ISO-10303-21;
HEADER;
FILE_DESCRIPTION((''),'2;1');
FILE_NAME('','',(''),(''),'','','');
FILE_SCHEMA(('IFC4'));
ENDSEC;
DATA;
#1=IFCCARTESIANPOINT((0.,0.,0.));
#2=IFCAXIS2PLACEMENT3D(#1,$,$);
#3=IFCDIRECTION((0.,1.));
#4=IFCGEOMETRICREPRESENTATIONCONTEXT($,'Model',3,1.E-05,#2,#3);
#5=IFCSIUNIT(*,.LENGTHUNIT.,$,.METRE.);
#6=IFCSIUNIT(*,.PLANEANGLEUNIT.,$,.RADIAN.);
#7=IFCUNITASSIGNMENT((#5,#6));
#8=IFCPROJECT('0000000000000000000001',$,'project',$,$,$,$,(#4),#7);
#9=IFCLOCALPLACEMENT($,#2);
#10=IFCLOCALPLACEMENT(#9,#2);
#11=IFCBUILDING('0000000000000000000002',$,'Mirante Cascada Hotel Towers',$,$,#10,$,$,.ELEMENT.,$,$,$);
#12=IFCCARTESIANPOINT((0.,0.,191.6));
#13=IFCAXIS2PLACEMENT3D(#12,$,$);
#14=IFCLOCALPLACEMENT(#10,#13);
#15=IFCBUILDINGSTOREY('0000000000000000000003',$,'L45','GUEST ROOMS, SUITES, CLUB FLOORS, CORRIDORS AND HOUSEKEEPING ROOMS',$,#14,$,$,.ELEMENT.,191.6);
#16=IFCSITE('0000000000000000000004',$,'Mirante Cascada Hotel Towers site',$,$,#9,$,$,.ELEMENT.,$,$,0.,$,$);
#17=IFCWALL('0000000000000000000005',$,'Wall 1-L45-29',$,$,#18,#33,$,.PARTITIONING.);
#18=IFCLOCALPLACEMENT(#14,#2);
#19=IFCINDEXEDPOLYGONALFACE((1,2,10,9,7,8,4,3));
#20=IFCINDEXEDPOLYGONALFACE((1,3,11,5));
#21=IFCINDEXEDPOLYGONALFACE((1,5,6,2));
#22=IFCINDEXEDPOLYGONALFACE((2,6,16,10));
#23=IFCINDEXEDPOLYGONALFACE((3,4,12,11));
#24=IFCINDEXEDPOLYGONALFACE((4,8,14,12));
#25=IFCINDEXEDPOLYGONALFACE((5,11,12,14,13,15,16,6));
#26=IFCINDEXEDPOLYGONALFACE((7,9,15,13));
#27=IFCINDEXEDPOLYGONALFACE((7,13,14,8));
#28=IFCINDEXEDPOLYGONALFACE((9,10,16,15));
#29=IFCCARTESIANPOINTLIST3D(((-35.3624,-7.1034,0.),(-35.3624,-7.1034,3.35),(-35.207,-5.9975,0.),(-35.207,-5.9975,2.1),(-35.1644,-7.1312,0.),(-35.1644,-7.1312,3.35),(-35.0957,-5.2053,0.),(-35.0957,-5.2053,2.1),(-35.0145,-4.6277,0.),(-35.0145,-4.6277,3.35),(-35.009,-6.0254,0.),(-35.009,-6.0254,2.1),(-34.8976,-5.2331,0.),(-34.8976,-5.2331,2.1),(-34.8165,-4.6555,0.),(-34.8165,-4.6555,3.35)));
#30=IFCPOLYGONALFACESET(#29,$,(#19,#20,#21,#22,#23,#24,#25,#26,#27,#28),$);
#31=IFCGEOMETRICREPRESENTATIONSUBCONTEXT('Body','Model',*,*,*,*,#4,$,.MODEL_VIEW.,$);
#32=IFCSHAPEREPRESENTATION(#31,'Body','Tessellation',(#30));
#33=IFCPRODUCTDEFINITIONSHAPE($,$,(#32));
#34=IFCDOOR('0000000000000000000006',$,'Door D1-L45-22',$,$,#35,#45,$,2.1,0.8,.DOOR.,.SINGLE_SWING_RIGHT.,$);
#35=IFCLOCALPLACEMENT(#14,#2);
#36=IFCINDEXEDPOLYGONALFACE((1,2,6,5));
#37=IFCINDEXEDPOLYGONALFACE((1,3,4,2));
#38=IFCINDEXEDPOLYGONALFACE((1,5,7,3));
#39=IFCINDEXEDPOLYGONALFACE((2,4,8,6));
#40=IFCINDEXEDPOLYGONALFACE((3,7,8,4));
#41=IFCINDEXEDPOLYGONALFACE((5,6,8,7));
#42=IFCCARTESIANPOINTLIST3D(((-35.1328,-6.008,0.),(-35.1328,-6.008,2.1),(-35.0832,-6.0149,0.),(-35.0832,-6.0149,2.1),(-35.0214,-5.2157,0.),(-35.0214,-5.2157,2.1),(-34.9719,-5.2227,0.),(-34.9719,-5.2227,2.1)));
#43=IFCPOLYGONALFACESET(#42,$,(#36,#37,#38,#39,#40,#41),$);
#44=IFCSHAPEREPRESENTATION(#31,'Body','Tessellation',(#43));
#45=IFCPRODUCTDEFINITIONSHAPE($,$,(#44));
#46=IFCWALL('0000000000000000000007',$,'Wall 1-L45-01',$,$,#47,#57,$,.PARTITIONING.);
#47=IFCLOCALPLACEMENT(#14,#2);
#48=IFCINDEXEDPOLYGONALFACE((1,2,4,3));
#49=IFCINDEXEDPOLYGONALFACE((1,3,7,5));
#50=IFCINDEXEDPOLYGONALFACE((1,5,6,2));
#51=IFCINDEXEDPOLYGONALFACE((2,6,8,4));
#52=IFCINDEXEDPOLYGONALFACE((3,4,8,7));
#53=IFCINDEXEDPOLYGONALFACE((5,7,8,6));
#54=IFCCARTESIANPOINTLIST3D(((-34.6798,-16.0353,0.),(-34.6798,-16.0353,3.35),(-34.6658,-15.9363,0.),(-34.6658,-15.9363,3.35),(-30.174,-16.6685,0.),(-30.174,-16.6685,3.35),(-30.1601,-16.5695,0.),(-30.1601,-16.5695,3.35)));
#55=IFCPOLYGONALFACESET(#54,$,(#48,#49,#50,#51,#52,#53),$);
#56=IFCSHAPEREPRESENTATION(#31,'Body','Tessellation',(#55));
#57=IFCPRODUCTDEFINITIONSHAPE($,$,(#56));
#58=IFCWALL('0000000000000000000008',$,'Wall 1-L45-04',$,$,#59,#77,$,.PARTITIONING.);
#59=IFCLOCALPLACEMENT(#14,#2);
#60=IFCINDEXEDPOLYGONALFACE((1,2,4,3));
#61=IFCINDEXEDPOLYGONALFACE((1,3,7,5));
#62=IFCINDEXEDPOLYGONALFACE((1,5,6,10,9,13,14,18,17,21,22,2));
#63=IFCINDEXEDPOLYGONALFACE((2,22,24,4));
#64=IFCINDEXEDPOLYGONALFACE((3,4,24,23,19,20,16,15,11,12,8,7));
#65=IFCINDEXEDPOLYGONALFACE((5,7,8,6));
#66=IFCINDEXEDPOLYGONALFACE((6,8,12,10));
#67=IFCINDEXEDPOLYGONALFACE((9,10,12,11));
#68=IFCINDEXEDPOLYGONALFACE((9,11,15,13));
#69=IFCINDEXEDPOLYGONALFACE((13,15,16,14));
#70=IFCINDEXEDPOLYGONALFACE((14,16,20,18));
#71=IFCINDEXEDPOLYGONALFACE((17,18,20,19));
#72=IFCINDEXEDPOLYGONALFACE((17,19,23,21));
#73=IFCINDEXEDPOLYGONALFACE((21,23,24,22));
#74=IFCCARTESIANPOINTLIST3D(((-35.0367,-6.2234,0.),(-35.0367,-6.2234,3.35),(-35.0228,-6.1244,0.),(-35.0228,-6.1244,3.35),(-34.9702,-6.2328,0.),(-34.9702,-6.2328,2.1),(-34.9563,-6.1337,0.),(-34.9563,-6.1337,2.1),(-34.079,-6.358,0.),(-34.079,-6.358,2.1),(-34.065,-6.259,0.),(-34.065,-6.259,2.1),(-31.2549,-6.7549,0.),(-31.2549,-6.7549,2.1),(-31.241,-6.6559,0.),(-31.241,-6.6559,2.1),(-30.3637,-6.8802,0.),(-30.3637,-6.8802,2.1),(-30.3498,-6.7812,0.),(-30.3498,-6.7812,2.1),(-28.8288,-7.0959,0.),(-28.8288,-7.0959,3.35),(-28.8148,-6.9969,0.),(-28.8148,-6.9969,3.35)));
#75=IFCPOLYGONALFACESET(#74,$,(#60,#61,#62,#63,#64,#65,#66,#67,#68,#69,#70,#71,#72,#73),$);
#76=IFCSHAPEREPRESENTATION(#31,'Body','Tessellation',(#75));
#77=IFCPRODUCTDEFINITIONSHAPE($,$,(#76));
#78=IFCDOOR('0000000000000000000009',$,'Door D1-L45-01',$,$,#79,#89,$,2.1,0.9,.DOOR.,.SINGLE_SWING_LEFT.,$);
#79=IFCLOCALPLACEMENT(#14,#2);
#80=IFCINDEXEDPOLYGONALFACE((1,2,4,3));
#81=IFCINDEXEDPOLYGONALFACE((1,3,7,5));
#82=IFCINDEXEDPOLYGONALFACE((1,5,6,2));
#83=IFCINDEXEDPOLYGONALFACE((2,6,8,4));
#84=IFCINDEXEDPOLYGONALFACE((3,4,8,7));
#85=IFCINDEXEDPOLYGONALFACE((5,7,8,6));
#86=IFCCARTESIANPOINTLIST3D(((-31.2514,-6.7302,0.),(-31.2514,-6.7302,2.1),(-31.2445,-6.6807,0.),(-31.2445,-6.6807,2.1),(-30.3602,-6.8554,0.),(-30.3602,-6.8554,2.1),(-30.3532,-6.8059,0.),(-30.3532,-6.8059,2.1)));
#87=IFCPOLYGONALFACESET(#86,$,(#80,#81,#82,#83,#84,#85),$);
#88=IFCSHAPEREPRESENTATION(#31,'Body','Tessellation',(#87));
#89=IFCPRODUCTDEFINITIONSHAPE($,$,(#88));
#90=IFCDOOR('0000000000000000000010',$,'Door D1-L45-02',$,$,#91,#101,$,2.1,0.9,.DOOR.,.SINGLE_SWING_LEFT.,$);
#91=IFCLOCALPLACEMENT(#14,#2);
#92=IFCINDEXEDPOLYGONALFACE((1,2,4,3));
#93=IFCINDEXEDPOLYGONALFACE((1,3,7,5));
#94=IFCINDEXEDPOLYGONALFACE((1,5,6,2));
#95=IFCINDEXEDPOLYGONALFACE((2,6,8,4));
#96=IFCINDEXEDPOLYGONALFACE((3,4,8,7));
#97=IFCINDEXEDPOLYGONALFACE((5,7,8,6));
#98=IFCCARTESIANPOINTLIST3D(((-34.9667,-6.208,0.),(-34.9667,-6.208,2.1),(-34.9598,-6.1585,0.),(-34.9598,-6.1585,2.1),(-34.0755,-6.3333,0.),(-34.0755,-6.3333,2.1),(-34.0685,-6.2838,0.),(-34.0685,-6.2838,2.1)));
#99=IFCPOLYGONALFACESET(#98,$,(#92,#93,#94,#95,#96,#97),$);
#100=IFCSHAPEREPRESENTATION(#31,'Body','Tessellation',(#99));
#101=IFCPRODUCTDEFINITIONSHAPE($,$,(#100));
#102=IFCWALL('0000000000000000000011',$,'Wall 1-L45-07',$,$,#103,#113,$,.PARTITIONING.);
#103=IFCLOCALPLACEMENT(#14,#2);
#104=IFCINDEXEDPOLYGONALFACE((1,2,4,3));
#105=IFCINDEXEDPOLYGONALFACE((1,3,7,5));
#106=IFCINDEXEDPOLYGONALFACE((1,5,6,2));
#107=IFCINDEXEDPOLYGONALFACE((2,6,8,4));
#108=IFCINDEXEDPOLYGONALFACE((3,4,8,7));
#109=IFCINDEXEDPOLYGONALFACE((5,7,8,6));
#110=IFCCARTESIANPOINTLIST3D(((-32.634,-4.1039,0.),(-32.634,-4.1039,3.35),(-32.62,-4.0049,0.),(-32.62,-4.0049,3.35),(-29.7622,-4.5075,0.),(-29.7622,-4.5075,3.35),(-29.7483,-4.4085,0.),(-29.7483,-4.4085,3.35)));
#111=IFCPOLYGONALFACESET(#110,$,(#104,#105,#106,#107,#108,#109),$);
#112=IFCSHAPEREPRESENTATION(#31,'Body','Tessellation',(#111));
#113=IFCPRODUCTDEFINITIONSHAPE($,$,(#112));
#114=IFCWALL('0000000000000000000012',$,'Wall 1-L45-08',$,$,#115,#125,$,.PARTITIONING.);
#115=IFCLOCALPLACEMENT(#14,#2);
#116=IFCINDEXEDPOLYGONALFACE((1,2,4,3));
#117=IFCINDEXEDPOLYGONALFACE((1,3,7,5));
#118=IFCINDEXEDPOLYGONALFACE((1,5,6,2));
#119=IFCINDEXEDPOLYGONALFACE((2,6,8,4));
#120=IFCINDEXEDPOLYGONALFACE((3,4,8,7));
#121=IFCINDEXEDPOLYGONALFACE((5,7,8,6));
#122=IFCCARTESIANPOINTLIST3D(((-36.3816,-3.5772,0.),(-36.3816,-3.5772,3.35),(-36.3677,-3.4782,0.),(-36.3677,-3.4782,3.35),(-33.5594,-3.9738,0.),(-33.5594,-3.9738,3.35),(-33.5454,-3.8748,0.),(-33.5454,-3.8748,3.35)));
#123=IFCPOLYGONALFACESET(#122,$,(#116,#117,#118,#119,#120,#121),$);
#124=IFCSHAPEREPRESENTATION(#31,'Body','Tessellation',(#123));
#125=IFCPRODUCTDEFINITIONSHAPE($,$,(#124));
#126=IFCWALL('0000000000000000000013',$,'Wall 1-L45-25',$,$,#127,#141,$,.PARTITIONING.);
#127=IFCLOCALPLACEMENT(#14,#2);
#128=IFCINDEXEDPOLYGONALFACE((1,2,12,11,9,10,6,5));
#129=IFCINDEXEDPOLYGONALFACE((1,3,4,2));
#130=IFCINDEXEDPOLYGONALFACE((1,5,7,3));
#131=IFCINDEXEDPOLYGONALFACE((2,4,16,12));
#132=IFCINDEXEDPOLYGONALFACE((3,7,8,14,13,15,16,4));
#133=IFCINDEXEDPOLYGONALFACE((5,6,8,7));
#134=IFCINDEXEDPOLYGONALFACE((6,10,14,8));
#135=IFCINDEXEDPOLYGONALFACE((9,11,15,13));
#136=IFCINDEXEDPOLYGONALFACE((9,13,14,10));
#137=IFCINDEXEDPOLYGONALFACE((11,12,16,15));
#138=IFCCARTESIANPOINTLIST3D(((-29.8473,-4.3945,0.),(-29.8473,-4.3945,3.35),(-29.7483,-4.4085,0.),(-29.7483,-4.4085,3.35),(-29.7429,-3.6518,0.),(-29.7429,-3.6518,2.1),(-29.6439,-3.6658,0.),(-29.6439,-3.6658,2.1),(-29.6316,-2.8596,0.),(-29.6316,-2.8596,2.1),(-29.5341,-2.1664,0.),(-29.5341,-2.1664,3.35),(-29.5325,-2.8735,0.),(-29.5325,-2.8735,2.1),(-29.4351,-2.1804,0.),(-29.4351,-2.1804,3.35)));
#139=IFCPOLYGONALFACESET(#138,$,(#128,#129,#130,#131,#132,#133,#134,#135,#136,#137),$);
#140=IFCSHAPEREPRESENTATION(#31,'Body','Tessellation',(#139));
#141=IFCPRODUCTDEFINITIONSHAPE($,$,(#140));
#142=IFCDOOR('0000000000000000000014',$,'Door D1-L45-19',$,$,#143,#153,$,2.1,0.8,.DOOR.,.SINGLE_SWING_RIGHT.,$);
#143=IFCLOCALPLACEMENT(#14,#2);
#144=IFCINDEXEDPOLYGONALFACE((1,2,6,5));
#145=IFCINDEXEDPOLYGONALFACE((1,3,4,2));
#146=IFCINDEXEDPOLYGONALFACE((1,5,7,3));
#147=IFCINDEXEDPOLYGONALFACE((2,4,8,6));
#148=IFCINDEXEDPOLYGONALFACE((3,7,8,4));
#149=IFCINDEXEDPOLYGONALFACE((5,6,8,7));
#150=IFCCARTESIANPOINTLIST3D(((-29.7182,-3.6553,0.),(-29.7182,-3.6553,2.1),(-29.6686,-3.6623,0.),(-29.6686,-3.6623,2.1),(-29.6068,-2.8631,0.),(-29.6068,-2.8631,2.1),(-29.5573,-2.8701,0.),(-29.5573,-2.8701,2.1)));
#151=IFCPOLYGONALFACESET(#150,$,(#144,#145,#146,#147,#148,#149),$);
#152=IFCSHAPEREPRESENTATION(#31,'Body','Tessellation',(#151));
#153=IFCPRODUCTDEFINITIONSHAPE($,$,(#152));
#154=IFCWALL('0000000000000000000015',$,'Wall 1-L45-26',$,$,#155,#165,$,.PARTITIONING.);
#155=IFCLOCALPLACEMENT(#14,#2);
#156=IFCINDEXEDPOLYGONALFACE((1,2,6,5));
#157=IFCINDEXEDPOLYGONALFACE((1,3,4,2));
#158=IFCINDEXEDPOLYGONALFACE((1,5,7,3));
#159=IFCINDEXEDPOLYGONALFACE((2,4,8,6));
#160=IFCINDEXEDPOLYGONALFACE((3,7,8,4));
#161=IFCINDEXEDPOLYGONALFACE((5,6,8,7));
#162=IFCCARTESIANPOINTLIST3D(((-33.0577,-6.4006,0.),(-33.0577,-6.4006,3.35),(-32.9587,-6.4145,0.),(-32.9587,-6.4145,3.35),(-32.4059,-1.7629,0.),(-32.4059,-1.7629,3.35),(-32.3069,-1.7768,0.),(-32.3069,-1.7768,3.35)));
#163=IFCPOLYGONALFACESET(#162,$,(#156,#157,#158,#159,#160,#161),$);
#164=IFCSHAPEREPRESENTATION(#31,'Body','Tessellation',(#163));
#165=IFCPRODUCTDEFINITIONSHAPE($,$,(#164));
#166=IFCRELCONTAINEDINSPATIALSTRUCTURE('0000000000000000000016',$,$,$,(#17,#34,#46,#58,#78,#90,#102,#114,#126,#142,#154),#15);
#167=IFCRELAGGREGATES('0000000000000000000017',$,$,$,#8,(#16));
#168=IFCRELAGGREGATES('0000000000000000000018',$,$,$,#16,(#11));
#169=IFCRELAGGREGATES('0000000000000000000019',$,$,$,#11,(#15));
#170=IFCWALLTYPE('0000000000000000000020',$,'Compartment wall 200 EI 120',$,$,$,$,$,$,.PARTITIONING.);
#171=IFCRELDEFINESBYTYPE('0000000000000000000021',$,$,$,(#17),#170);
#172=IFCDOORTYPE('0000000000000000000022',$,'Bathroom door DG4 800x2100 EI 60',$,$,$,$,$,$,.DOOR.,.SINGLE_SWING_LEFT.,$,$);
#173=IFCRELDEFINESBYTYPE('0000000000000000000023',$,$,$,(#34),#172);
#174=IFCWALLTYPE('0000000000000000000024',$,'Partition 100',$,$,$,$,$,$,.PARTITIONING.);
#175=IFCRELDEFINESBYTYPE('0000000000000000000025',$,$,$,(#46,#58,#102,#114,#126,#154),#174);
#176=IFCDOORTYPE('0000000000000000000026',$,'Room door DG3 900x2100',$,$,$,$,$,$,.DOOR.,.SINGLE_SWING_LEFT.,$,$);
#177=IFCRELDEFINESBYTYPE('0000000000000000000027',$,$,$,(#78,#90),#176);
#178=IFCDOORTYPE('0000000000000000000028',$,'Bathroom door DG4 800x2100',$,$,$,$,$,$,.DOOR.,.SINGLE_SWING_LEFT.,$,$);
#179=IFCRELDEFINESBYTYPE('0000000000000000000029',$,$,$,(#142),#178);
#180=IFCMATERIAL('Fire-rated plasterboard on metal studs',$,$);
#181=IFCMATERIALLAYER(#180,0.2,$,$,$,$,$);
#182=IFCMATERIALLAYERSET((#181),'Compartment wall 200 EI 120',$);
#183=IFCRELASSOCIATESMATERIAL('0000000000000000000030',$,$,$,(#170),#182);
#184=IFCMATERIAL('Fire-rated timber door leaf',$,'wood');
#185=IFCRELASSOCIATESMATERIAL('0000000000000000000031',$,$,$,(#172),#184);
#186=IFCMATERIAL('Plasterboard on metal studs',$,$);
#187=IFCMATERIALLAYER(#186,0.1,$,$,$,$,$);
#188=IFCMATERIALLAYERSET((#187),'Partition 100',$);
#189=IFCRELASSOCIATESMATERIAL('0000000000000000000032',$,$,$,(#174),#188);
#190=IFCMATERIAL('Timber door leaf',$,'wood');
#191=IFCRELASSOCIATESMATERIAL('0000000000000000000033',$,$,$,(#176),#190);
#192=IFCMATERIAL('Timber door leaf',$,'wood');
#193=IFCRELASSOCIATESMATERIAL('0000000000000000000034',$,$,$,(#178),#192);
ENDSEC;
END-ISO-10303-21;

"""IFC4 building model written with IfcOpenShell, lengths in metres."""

from ifc_helpers import new_model, si_unit, direction, frame, frame_2d, origin, place, context, subcontext, project, spatial, rectangle, extrude, material, layer, layer_set, type_object, element, fill, save


model = new_model("IFC4")

# Units and contexts
model_context = context("Model", 3, precision=1e-05, world=origin(), true_north=direction((0.0, 1.0)))
body_context = subcontext(model_context, "Body", "Model", "MODEL_VIEW")
ifc_project = project(units=[si_unit("LENGTHUNIT", "METRE"), si_unit("PLANEANGLEUNIT", "RADIAN")], contexts=[model_context])

# Site, building, storey
site_placement = place(None, origin())
site = spatial("IfcSite", under=ifc_project, at=site_placement, Name="Mirante Cascada Hotel Towers site", CompositionType="ELEMENT", RefElevation=0.0)
building_placement = place(site_placement, origin())
building = spatial("IfcBuilding", under=site, at=building_placement, Name="Mirante Cascada Hotel Towers", CompositionType="ELEMENT")
storey_placement = place(building_placement, frame((0.0, 0.0, 191.6)))
storey = spatial("IfcBuildingStorey", under=building, at=storey_placement, Name="L45", Description="GUEST ROOMS, SUITES, CLUB FLOORS, CORRIDORS AND HOUSEKEEPING ROOMS", CompositionType="ELEMENT", Elevation=191.6)

# Wall, opening, door
ifc_material_1 = material(Name="Fire-rated plasterboard on metal studs")
ifc_layer_1 = layer(ifc_material_1, 0.2)
ifc_layer_set_1 = layer_set([ifc_layer_1], Name="Compartment wall 200 EI 120")
wall_type_1 = type_object("IfcWallType", Name="Compartment wall 200 EI 120", PredefinedType="PARTITIONING", material=ifc_layer_set_1)
wall_1_placement = place(storey_placement, frame((-34.9155, -4.6416, 0.0), z_axis=(0.0, 0.0, 1.0), x_axis=(-0.139159, -0.99027, 0.0)))
wall_1 = element("IfcWall", 1, at=wall_1_placement, inside=storey, type_object=wall_type_1, Name="Wall 1-L45-29", PredefinedType="PARTITIONING", context=body_context, shape_type="SweptSolid", body=[
    extrude(rectangle(XDim=2.5, YDim=0.2, at=frame_2d((1.25, 0.0))), origin(), (0.0, 0.0, 1.0), 3.35),
])
opening_1_placement = place(wall_1_placement, frame((0.5833, 0.0, 0.0)))
opening_1 = element("IfcOpeningElement", 2, at=opening_1_placement, cuts=wall_1, PredefinedType="OPENING", context=body_context, shape_type="SweptSolid", body=[
    extrude(rectangle(XDim=0.8, YDim=2.1, at=frame_2d((0.4, 1.05))), frame((0.0, 0.1, 0.0), z_axis=(0.0, -1.0, 0.0), x_axis=(1.0, 0.0, 0.0)), (0.0, 0.0, 1.0), 0.2),
])
ifc_material_2 = material(Name="Fire-rated timber door leaf", Category="wood")
door_type_1 = type_object("IfcDoorType", Name="Bathroom door DG4 800x2100 EI 60", OperationType="SINGLE_SWING_LEFT", PredefinedType="DOOR", material=ifc_material_2)
door_1_placement = place(opening_1_placement, frame((0.8, 0.0, 0.0), z_axis=(0.0, 0.0, 1.0), x_axis=(-1.0, 0.0, 0.0)))
door_1 = element("IfcDoor", 3, at=door_1_placement, inside=storey, type_object=door_type_1, Name="Door D1-L45-22", OperationType="SINGLE_SWING_RIGHT", OverallHeight=2.1, OverallWidth=0.8, PredefinedType="DOOR", context=body_context, shape_type="SweptSolid", body=[
    extrude(rectangle(XDim=0.8, YDim=2.1, at=frame_2d((0.4, 1.05))), frame((0.0, 0.025, 0.0), z_axis=(0.0, -1.0, 0.0), x_axis=(1.0, 0.0, 0.0)), (0.0, 0.0, 1.0), 0.05),
])
fill(opening_1, door_1)

# Wall
ifc_material_3 = material(Name="Plasterboard on metal studs")
ifc_layer_2 = layer(ifc_material_3, 0.1)
ifc_layer_set_2 = layer_set([ifc_layer_2], Name="Partition 100")
wall_type_2 = type_object("IfcWallType", Name="Partition 100", PredefinedType="PARTITIONING", material=ifc_layer_set_2)
wall_2_placement = place(storey_placement, frame((-34.6728, -15.9858, 0.0), z_axis=(0.0, 0.0, 1.0), x_axis=(0.990269, -0.139166, 0.0)))
element("IfcWall", 4, at=wall_2_placement, inside=storey, type_object=wall_type_2, Name="Wall 1-L45-01", PredefinedType="PARTITIONING", context=body_context, shape_type="SweptSolid", body=[
    extrude(rectangle(XDim=4.55, YDim=0.1, at=frame_2d((2.275, 0.0))), origin(), (0.0, 0.0, 1.0), 3.35),
])

# Wall, openings, doors
wall_3_placement = place(storey_placement, frame((-28.8218, -7.0464, 0.0), z_axis=(0.0, 0.0, 1.0), x_axis=(-0.990268, 0.139177, 0.0)))
wall_3 = element("IfcWall", 5, at=wall_3_placement, inside=storey, type_object=wall_type_2, Name="Wall 1-L45-04", PredefinedType="PARTITIONING", context=body_context, shape_type="SweptSolid", body=[
    extrude(rectangle(XDim=6.269, YDim=0.1, at=frame_2d((3.1345, 0.0))), origin(), (0.0, 0.0, 1.0), 3.35),
])
opening_2_placement = place(wall_3_placement, frame((1.55, 0.0, 0.0)))
opening_2 = element("IfcOpeningElement", 6, at=opening_2_placement, cuts=wall_3, PredefinedType="OPENING", context=body_context, shape_type="SweptSolid", body=[
    extrude(rectangle(XDim=0.9, YDim=2.1, at=frame_2d((0.45, 1.05))), frame((0.0, 0.05, 0.0), z_axis=(0.0, -1.0, 0.0), x_axis=(1.0, 0.0, 0.0)), (0.0, 0.0, 1.0), 0.1),
])
opening_3_placement = place(wall_3_placement, frame((5.3018, 0.0, 0.0)))
opening_3 = element("IfcOpeningElement", 7, at=opening_3_placement, cuts=wall_3, PredefinedType="OPENING", context=body_context, shape_type="SweptSolid", body=[
    extrude(rectangle(XDim=0.9, YDim=2.1, at=frame_2d((0.45, 1.05))), frame((0.0, 0.05, 0.0), z_axis=(0.0, -1.0, 0.0), x_axis=(1.0, 0.0, 0.0)), (0.0, 0.0, 1.0), 0.1),
])
ifc_material_4 = material(Name="Timber door leaf", Category="wood")
door_type_2 = type_object("IfcDoorType", Name="Room door DG3 900x2100", OperationType="SINGLE_SWING_LEFT", PredefinedType="DOOR", material=ifc_material_4)
door_2_placement = place(opening_2_placement, origin())
door_2 = element("IfcDoor", 8, at=door_2_placement, inside=storey, type_object=door_type_2, Name="Door D1-L45-01", OperationType="SINGLE_SWING_LEFT", OverallHeight=2.1, OverallWidth=0.9, PredefinedType="DOOR", context=body_context, shape_type="SweptSolid", body=[
    extrude(rectangle(XDim=0.9, YDim=2.1, at=frame_2d((0.45, 1.05))), frame((0.0, 0.025, 0.0), z_axis=(0.0, -1.0, 0.0), x_axis=(1.0, 0.0, 0.0)), (0.0, 0.0, 1.0), 0.05),
])
fill(opening_2, door_2)
door_3_placement = place(opening_3_placement, origin())
door_3 = element("IfcDoor", 9, at=door_3_placement, inside=storey, type_object=door_type_2, Name="Door D1-L45-02", OperationType="SINGLE_SWING_LEFT", OverallHeight=2.1, OverallWidth=0.9, PredefinedType="DOOR", context=body_context, shape_type="SweptSolid", body=[
    extrude(rectangle(XDim=0.9, YDim=2.1, at=frame_2d((0.45, 1.05))), frame((0.0, 0.025, 0.0), z_axis=(0.0, -1.0, 0.0), x_axis=(1.0, 0.0, 0.0)), (0.0, 0.0, 1.0), 0.05),
])
fill(opening_3, door_3)

# Walls
wall_4_placement = place(storey_placement, frame((-32.627, -4.0544, 0.0), z_axis=(0.0, 0.0, 1.0), x_axis=(0.990268, -0.139171, 0.0)))
element("IfcWall", 10, at=wall_4_placement, inside=storey, type_object=wall_type_2, Name="Wall 1-L45-07", PredefinedType="PARTITIONING", context=body_context, shape_type="SweptSolid", body=[
    extrude(rectangle(XDim=2.9, YDim=0.1, at=frame_2d((1.45, 0.0))), origin(), (0.0, 0.0, 1.0), 3.35),
])
wall_5_placement = place(storey_placement, frame((-33.5524, -3.9243, 0.0), z_axis=(0.0, 0.0, 1.0), x_axis=(-0.99027, 0.139156, 0.0)))
element("IfcWall", 11, at=wall_5_placement, inside=storey, type_object=wall_type_2, Name="Wall 1-L45-08", PredefinedType="PARTITIONING", context=body_context, shape_type="SweptSolid", body=[
    extrude(rectangle(XDim=2.85, YDim=0.1, at=frame_2d((1.425, 0.0))), origin(), (0.0, 0.0, 1.0), 3.35),
])

# Wall, opening, door
wall_6_placement = place(storey_placement, frame((-29.4846, -2.1734, 0.0), z_axis=(0.0, 0.0, 1.0), x_axis=(-0.1392, -0.990264, 0.0)))
wall_6 = element("IfcWall", 12, at=wall_6_placement, inside=storey, type_object=wall_type_2, Name="Wall 1-L45-25", PredefinedType="PARTITIONING", context=body_context, shape_type="SweptSolid", body=[
    extrude(rectangle(XDim=2.25, YDim=0.1, at=frame_2d((1.125, 0.0))), origin(), (0.0, 0.0, 1.0), 3.35),
])
opening_4_placement = place(wall_6_placement, frame((0.7, 0.0, 0.0)))
opening_4 = element("IfcOpeningElement", 13, at=opening_4_placement, cuts=wall_6, PredefinedType="OPENING", context=body_context, shape_type="SweptSolid", body=[
    extrude(rectangle(XDim=0.8, YDim=2.1, at=frame_2d((0.4, 1.05))), frame((0.0, 0.05, 0.0), z_axis=(0.0, -1.0, 0.0), x_axis=(1.0, 0.0, 0.0)), (0.0, 0.0, 1.0), 0.1),
])
ifc_material_5 = material(Name="Timber door leaf", Category="wood")
door_type_3 = type_object("IfcDoorType", Name="Bathroom door DG4 800x2100", OperationType="SINGLE_SWING_LEFT", PredefinedType="DOOR", material=ifc_material_5)
door_4_placement = place(opening_4_placement, frame((0.8, 0.0, 0.0), z_axis=(0.0, 0.0, 1.0), x_axis=(-1.0, 0.0, 0.0)))
door_4 = element("IfcDoor", 14, at=door_4_placement, inside=storey, type_object=door_type_3, Name="Door D1-L45-19", OperationType="SINGLE_SWING_RIGHT", OverallHeight=2.1, OverallWidth=0.8, PredefinedType="DOOR", context=body_context, shape_type="SweptSolid", body=[
    extrude(rectangle(XDim=0.8, YDim=2.1, at=frame_2d((0.4, 1.05))), frame((0.0, 0.025, 0.0), z_axis=(0.0, -1.0, 0.0), x_axis=(1.0, 0.0, 0.0)), (0.0, 0.0, 1.0), 0.05),
])
fill(opening_4, door_4)

# Wall
wall_7_placement = place(storey_placement, frame((-33.0082, -6.4075, 0.0), z_axis=(0.0, 0.0, 1.0), x_axis=(0.139176, 0.990268, 0.0)))
element("IfcWall", 15, at=wall_7_placement, inside=storey, type_object=wall_type_2, Name="Wall 1-L45-26", PredefinedType="PARTITIONING", context=body_context, shape_type="SweptSolid", body=[
    extrude(rectangle(XDim=4.6833, YDim=0.1, at=frame_2d((2.3416, 0.0))), origin(), (0.0, 0.0, 1.0), 3.35),
])

save(model, "model.ifc")
